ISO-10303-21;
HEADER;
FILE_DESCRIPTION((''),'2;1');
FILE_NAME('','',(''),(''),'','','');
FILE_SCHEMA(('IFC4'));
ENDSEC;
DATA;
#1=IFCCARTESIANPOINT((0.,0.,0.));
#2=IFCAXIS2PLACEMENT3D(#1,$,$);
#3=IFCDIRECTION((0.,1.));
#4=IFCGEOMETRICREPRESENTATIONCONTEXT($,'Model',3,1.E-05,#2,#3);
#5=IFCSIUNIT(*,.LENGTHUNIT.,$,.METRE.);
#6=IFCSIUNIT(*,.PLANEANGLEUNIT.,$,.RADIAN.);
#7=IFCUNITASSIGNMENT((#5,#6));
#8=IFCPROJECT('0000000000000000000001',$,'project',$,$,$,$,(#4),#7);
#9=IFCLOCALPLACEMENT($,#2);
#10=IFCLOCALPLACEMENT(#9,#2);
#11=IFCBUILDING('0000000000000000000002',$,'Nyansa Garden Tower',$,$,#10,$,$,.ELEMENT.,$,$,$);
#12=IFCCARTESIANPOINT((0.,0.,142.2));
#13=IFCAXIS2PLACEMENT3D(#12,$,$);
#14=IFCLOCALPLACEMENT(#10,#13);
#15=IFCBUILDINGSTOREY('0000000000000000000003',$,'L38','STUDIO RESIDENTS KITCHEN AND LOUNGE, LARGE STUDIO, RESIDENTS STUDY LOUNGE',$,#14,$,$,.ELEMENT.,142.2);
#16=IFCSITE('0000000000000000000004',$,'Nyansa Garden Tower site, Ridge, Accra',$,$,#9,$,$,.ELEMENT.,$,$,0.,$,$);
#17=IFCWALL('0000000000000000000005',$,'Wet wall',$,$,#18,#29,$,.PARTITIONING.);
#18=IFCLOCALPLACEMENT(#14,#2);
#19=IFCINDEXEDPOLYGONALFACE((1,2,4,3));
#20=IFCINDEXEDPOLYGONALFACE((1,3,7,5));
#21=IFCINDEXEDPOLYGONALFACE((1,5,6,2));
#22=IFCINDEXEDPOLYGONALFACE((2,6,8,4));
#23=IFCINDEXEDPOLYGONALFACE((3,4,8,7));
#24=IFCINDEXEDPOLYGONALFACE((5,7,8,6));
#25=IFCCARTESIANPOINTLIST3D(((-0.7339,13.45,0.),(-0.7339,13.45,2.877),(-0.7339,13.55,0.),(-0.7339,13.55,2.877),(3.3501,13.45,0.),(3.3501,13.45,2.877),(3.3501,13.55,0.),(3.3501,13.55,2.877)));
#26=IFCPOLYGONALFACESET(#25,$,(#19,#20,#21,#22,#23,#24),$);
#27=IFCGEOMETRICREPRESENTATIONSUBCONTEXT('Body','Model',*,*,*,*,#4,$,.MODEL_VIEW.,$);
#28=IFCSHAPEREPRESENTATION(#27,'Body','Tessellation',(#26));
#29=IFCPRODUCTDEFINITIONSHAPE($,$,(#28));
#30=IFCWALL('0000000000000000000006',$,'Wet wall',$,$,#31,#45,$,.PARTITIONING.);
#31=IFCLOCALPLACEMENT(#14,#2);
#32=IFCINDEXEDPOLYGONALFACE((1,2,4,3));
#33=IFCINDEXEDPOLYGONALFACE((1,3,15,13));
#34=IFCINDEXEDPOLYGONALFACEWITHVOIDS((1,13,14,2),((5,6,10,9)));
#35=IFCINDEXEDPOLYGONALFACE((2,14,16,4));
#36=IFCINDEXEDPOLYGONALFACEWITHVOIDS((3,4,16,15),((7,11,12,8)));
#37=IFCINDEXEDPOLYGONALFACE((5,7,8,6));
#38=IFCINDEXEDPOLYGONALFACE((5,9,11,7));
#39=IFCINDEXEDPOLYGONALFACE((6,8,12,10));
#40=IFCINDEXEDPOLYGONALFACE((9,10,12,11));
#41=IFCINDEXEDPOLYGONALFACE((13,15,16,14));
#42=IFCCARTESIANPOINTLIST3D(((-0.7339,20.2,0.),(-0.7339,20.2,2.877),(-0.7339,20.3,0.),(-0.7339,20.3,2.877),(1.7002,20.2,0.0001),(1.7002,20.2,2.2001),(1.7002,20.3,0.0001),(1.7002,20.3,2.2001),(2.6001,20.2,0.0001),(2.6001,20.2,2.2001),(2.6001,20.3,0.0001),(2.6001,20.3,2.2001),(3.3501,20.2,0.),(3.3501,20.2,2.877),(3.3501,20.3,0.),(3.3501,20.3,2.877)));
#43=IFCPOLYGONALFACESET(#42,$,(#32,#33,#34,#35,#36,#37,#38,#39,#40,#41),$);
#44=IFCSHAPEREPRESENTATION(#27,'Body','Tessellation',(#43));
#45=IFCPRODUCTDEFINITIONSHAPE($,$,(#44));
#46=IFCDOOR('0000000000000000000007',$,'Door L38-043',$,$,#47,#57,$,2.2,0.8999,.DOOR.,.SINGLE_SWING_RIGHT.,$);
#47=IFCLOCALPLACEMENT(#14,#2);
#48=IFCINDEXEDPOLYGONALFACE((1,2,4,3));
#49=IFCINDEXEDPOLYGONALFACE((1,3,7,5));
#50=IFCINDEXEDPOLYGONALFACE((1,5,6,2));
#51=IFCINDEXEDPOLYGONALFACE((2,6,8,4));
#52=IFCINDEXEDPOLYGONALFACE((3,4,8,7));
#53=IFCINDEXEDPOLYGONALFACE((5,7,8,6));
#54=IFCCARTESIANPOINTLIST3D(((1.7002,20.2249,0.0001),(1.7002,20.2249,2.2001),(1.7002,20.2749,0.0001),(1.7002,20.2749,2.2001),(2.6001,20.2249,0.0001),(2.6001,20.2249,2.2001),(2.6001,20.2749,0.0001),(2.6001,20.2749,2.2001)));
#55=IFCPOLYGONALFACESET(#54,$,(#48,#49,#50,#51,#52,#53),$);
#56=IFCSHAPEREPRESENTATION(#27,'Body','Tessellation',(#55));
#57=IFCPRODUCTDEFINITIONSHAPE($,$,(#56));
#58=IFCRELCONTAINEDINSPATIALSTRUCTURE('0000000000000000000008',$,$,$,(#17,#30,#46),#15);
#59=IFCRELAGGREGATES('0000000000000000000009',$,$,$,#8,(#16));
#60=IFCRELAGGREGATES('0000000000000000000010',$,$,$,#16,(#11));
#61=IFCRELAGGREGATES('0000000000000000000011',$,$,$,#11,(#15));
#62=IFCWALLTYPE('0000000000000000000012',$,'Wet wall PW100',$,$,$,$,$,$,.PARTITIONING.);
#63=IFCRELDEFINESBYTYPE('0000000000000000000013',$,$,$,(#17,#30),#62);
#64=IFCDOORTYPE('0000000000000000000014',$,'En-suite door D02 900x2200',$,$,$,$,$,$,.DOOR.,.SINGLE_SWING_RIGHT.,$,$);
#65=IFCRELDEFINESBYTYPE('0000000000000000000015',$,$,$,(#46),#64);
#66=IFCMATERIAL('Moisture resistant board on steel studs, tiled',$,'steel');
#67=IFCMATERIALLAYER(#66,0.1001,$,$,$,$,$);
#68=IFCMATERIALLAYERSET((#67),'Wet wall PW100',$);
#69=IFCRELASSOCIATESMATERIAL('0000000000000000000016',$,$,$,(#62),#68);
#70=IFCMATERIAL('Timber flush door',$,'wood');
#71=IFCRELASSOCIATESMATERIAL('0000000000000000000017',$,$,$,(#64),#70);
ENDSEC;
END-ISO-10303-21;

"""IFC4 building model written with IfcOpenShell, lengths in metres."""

from ifc_helpers import new_model, si_unit, direction, frame, frame_2d, origin, place, context, subcontext, project, spatial, rectangle, extrude, material, layer, layer_set, type_object, element, fill, save


model = new_model("IFC4")

# Units and contexts
model_context = context("Model", 3, precision=1e-05, world=origin(), true_north=direction((0.0, 1.0)))
body_context = subcontext(model_context, "Body", "Model", "MODEL_VIEW")
ifc_project = project(units=[si_unit("LENGTHUNIT", "METRE"), si_unit("PLANEANGLEUNIT", "RADIAN")], contexts=[model_context])

# Site, building, storey
site_placement = place(None, origin())
site = spatial("IfcSite", under=ifc_project, at=site_placement, Name="Nyansa Garden Tower site, Ridge, Accra", CompositionType="ELEMENT", RefElevation=0.0)
building_placement = place(site_placement, origin())
building = spatial("IfcBuilding", under=site, at=building_placement, Name="Nyansa Garden Tower", CompositionType="ELEMENT")
storey_placement = place(building_placement, frame((0.0, 0.0, 142.2)))
storey = spatial("IfcBuildingStorey", under=building, at=storey_placement, Name="L38", Description="STUDIO RESIDENTS KITCHEN AND LOUNGE, LARGE STUDIO, RESIDENTS STUDY LOUNGE", CompositionType="ELEMENT", Elevation=142.2)

# Wall
ifc_material_1 = material(Name="Moisture resistant board on steel studs, tiled", Category="steel")
ifc_layer_1 = layer(ifc_material_1, 0.1001)
ifc_layer_set_1 = layer_set([ifc_layer_1], Name="Wet wall PW100")
wall_type_1 = type_object("IfcWallType", Name="Wet wall PW100", PredefinedType="PARTITIONING", material=ifc_layer_set_1)
wall_1_placement = place(storey_placement, frame((-0.7339, 13.5, 0.0), z_axis=(0.0, 0.0, 1.0), x_axis=(1.0, 0.0, 0.0)))
element("IfcWall", 1, at=wall_1_placement, inside=storey, type_object=wall_type_1, Name="Wet wall", PredefinedType="PARTITIONING", context=body_context, shape_type="SweptSolid", body=[
    extrude(rectangle(XDim=4.084, YDim=0.1001, at=frame_2d((2.042, 0.0))), origin(), (0.0, 0.0, 1.0), 2.877),
])

# Wall, opening, door
wall_2_placement = place(storey_placement, frame((-0.7339, 20.25, 0.0), z_axis=(0.0, 0.0, 1.0), x_axis=(1.0, 0.0, 0.0)))
wall_2 = element("IfcWall", 2, at=wall_2_placement, inside=storey, type_object=wall_type_1, Name="Wet wall", PredefinedType="PARTITIONING", context=body_context, shape_type="SweptSolid", body=[
    extrude(rectangle(XDim=4.084, YDim=0.1001, at=frame_2d((2.042, 0.0))), origin(), (0.0, 0.0, 1.0), 2.877),
])
opening_1_placement = place(wall_2_placement, frame((2.4341, 0.0, 0.0)))
opening_1 = element("IfcOpeningElement", 3, at=opening_1_placement, cuts=wall_2, PredefinedType="OPENING", context=body_context, shape_type="SweptSolid", body=[
    extrude(rectangle(XDim=0.8999, YDim=2.2, at=frame_2d((0.45, 1.1001))), frame((0.0, 0.0601, 0.0), z_axis=(0.0, -1.0, 0.0), x_axis=(1.0, 0.0, 0.0)), (0.0, 0.0, 1.0), 0.1201),
])
ifc_material_2 = material(Name="Timber flush door", Category="wood")
door_type_1 = type_object("IfcDoorType", Name="En-suite door D02 900x2200", OperationType="SINGLE_SWING_RIGHT", PredefinedType="DOOR", material=ifc_material_2)
door_1_placement = place(opening_1_placement, origin())
door_1 = element("IfcDoor", 4, at=door_1_placement, inside=storey, type_object=door_type_1, Name="Door L38-043", OperationType="SINGLE_SWING_RIGHT", OverallHeight=2.2, OverallWidth=0.8999, PredefinedType="DOOR", context=body_context, shape_type="SweptSolid", body=[
    extrude(rectangle(XDim=0.8999, YDim=2.2, at=frame_2d((0.45, 1.1001))), frame((0.0, 0.0249, 0.0), z_axis=(0.0, -1.0, 0.0), x_axis=(1.0, 0.0, 0.0)), (0.0, 0.0, 1.0), 0.05),
])
fill(opening_1, door_1)

save(model, "model.ifc")
